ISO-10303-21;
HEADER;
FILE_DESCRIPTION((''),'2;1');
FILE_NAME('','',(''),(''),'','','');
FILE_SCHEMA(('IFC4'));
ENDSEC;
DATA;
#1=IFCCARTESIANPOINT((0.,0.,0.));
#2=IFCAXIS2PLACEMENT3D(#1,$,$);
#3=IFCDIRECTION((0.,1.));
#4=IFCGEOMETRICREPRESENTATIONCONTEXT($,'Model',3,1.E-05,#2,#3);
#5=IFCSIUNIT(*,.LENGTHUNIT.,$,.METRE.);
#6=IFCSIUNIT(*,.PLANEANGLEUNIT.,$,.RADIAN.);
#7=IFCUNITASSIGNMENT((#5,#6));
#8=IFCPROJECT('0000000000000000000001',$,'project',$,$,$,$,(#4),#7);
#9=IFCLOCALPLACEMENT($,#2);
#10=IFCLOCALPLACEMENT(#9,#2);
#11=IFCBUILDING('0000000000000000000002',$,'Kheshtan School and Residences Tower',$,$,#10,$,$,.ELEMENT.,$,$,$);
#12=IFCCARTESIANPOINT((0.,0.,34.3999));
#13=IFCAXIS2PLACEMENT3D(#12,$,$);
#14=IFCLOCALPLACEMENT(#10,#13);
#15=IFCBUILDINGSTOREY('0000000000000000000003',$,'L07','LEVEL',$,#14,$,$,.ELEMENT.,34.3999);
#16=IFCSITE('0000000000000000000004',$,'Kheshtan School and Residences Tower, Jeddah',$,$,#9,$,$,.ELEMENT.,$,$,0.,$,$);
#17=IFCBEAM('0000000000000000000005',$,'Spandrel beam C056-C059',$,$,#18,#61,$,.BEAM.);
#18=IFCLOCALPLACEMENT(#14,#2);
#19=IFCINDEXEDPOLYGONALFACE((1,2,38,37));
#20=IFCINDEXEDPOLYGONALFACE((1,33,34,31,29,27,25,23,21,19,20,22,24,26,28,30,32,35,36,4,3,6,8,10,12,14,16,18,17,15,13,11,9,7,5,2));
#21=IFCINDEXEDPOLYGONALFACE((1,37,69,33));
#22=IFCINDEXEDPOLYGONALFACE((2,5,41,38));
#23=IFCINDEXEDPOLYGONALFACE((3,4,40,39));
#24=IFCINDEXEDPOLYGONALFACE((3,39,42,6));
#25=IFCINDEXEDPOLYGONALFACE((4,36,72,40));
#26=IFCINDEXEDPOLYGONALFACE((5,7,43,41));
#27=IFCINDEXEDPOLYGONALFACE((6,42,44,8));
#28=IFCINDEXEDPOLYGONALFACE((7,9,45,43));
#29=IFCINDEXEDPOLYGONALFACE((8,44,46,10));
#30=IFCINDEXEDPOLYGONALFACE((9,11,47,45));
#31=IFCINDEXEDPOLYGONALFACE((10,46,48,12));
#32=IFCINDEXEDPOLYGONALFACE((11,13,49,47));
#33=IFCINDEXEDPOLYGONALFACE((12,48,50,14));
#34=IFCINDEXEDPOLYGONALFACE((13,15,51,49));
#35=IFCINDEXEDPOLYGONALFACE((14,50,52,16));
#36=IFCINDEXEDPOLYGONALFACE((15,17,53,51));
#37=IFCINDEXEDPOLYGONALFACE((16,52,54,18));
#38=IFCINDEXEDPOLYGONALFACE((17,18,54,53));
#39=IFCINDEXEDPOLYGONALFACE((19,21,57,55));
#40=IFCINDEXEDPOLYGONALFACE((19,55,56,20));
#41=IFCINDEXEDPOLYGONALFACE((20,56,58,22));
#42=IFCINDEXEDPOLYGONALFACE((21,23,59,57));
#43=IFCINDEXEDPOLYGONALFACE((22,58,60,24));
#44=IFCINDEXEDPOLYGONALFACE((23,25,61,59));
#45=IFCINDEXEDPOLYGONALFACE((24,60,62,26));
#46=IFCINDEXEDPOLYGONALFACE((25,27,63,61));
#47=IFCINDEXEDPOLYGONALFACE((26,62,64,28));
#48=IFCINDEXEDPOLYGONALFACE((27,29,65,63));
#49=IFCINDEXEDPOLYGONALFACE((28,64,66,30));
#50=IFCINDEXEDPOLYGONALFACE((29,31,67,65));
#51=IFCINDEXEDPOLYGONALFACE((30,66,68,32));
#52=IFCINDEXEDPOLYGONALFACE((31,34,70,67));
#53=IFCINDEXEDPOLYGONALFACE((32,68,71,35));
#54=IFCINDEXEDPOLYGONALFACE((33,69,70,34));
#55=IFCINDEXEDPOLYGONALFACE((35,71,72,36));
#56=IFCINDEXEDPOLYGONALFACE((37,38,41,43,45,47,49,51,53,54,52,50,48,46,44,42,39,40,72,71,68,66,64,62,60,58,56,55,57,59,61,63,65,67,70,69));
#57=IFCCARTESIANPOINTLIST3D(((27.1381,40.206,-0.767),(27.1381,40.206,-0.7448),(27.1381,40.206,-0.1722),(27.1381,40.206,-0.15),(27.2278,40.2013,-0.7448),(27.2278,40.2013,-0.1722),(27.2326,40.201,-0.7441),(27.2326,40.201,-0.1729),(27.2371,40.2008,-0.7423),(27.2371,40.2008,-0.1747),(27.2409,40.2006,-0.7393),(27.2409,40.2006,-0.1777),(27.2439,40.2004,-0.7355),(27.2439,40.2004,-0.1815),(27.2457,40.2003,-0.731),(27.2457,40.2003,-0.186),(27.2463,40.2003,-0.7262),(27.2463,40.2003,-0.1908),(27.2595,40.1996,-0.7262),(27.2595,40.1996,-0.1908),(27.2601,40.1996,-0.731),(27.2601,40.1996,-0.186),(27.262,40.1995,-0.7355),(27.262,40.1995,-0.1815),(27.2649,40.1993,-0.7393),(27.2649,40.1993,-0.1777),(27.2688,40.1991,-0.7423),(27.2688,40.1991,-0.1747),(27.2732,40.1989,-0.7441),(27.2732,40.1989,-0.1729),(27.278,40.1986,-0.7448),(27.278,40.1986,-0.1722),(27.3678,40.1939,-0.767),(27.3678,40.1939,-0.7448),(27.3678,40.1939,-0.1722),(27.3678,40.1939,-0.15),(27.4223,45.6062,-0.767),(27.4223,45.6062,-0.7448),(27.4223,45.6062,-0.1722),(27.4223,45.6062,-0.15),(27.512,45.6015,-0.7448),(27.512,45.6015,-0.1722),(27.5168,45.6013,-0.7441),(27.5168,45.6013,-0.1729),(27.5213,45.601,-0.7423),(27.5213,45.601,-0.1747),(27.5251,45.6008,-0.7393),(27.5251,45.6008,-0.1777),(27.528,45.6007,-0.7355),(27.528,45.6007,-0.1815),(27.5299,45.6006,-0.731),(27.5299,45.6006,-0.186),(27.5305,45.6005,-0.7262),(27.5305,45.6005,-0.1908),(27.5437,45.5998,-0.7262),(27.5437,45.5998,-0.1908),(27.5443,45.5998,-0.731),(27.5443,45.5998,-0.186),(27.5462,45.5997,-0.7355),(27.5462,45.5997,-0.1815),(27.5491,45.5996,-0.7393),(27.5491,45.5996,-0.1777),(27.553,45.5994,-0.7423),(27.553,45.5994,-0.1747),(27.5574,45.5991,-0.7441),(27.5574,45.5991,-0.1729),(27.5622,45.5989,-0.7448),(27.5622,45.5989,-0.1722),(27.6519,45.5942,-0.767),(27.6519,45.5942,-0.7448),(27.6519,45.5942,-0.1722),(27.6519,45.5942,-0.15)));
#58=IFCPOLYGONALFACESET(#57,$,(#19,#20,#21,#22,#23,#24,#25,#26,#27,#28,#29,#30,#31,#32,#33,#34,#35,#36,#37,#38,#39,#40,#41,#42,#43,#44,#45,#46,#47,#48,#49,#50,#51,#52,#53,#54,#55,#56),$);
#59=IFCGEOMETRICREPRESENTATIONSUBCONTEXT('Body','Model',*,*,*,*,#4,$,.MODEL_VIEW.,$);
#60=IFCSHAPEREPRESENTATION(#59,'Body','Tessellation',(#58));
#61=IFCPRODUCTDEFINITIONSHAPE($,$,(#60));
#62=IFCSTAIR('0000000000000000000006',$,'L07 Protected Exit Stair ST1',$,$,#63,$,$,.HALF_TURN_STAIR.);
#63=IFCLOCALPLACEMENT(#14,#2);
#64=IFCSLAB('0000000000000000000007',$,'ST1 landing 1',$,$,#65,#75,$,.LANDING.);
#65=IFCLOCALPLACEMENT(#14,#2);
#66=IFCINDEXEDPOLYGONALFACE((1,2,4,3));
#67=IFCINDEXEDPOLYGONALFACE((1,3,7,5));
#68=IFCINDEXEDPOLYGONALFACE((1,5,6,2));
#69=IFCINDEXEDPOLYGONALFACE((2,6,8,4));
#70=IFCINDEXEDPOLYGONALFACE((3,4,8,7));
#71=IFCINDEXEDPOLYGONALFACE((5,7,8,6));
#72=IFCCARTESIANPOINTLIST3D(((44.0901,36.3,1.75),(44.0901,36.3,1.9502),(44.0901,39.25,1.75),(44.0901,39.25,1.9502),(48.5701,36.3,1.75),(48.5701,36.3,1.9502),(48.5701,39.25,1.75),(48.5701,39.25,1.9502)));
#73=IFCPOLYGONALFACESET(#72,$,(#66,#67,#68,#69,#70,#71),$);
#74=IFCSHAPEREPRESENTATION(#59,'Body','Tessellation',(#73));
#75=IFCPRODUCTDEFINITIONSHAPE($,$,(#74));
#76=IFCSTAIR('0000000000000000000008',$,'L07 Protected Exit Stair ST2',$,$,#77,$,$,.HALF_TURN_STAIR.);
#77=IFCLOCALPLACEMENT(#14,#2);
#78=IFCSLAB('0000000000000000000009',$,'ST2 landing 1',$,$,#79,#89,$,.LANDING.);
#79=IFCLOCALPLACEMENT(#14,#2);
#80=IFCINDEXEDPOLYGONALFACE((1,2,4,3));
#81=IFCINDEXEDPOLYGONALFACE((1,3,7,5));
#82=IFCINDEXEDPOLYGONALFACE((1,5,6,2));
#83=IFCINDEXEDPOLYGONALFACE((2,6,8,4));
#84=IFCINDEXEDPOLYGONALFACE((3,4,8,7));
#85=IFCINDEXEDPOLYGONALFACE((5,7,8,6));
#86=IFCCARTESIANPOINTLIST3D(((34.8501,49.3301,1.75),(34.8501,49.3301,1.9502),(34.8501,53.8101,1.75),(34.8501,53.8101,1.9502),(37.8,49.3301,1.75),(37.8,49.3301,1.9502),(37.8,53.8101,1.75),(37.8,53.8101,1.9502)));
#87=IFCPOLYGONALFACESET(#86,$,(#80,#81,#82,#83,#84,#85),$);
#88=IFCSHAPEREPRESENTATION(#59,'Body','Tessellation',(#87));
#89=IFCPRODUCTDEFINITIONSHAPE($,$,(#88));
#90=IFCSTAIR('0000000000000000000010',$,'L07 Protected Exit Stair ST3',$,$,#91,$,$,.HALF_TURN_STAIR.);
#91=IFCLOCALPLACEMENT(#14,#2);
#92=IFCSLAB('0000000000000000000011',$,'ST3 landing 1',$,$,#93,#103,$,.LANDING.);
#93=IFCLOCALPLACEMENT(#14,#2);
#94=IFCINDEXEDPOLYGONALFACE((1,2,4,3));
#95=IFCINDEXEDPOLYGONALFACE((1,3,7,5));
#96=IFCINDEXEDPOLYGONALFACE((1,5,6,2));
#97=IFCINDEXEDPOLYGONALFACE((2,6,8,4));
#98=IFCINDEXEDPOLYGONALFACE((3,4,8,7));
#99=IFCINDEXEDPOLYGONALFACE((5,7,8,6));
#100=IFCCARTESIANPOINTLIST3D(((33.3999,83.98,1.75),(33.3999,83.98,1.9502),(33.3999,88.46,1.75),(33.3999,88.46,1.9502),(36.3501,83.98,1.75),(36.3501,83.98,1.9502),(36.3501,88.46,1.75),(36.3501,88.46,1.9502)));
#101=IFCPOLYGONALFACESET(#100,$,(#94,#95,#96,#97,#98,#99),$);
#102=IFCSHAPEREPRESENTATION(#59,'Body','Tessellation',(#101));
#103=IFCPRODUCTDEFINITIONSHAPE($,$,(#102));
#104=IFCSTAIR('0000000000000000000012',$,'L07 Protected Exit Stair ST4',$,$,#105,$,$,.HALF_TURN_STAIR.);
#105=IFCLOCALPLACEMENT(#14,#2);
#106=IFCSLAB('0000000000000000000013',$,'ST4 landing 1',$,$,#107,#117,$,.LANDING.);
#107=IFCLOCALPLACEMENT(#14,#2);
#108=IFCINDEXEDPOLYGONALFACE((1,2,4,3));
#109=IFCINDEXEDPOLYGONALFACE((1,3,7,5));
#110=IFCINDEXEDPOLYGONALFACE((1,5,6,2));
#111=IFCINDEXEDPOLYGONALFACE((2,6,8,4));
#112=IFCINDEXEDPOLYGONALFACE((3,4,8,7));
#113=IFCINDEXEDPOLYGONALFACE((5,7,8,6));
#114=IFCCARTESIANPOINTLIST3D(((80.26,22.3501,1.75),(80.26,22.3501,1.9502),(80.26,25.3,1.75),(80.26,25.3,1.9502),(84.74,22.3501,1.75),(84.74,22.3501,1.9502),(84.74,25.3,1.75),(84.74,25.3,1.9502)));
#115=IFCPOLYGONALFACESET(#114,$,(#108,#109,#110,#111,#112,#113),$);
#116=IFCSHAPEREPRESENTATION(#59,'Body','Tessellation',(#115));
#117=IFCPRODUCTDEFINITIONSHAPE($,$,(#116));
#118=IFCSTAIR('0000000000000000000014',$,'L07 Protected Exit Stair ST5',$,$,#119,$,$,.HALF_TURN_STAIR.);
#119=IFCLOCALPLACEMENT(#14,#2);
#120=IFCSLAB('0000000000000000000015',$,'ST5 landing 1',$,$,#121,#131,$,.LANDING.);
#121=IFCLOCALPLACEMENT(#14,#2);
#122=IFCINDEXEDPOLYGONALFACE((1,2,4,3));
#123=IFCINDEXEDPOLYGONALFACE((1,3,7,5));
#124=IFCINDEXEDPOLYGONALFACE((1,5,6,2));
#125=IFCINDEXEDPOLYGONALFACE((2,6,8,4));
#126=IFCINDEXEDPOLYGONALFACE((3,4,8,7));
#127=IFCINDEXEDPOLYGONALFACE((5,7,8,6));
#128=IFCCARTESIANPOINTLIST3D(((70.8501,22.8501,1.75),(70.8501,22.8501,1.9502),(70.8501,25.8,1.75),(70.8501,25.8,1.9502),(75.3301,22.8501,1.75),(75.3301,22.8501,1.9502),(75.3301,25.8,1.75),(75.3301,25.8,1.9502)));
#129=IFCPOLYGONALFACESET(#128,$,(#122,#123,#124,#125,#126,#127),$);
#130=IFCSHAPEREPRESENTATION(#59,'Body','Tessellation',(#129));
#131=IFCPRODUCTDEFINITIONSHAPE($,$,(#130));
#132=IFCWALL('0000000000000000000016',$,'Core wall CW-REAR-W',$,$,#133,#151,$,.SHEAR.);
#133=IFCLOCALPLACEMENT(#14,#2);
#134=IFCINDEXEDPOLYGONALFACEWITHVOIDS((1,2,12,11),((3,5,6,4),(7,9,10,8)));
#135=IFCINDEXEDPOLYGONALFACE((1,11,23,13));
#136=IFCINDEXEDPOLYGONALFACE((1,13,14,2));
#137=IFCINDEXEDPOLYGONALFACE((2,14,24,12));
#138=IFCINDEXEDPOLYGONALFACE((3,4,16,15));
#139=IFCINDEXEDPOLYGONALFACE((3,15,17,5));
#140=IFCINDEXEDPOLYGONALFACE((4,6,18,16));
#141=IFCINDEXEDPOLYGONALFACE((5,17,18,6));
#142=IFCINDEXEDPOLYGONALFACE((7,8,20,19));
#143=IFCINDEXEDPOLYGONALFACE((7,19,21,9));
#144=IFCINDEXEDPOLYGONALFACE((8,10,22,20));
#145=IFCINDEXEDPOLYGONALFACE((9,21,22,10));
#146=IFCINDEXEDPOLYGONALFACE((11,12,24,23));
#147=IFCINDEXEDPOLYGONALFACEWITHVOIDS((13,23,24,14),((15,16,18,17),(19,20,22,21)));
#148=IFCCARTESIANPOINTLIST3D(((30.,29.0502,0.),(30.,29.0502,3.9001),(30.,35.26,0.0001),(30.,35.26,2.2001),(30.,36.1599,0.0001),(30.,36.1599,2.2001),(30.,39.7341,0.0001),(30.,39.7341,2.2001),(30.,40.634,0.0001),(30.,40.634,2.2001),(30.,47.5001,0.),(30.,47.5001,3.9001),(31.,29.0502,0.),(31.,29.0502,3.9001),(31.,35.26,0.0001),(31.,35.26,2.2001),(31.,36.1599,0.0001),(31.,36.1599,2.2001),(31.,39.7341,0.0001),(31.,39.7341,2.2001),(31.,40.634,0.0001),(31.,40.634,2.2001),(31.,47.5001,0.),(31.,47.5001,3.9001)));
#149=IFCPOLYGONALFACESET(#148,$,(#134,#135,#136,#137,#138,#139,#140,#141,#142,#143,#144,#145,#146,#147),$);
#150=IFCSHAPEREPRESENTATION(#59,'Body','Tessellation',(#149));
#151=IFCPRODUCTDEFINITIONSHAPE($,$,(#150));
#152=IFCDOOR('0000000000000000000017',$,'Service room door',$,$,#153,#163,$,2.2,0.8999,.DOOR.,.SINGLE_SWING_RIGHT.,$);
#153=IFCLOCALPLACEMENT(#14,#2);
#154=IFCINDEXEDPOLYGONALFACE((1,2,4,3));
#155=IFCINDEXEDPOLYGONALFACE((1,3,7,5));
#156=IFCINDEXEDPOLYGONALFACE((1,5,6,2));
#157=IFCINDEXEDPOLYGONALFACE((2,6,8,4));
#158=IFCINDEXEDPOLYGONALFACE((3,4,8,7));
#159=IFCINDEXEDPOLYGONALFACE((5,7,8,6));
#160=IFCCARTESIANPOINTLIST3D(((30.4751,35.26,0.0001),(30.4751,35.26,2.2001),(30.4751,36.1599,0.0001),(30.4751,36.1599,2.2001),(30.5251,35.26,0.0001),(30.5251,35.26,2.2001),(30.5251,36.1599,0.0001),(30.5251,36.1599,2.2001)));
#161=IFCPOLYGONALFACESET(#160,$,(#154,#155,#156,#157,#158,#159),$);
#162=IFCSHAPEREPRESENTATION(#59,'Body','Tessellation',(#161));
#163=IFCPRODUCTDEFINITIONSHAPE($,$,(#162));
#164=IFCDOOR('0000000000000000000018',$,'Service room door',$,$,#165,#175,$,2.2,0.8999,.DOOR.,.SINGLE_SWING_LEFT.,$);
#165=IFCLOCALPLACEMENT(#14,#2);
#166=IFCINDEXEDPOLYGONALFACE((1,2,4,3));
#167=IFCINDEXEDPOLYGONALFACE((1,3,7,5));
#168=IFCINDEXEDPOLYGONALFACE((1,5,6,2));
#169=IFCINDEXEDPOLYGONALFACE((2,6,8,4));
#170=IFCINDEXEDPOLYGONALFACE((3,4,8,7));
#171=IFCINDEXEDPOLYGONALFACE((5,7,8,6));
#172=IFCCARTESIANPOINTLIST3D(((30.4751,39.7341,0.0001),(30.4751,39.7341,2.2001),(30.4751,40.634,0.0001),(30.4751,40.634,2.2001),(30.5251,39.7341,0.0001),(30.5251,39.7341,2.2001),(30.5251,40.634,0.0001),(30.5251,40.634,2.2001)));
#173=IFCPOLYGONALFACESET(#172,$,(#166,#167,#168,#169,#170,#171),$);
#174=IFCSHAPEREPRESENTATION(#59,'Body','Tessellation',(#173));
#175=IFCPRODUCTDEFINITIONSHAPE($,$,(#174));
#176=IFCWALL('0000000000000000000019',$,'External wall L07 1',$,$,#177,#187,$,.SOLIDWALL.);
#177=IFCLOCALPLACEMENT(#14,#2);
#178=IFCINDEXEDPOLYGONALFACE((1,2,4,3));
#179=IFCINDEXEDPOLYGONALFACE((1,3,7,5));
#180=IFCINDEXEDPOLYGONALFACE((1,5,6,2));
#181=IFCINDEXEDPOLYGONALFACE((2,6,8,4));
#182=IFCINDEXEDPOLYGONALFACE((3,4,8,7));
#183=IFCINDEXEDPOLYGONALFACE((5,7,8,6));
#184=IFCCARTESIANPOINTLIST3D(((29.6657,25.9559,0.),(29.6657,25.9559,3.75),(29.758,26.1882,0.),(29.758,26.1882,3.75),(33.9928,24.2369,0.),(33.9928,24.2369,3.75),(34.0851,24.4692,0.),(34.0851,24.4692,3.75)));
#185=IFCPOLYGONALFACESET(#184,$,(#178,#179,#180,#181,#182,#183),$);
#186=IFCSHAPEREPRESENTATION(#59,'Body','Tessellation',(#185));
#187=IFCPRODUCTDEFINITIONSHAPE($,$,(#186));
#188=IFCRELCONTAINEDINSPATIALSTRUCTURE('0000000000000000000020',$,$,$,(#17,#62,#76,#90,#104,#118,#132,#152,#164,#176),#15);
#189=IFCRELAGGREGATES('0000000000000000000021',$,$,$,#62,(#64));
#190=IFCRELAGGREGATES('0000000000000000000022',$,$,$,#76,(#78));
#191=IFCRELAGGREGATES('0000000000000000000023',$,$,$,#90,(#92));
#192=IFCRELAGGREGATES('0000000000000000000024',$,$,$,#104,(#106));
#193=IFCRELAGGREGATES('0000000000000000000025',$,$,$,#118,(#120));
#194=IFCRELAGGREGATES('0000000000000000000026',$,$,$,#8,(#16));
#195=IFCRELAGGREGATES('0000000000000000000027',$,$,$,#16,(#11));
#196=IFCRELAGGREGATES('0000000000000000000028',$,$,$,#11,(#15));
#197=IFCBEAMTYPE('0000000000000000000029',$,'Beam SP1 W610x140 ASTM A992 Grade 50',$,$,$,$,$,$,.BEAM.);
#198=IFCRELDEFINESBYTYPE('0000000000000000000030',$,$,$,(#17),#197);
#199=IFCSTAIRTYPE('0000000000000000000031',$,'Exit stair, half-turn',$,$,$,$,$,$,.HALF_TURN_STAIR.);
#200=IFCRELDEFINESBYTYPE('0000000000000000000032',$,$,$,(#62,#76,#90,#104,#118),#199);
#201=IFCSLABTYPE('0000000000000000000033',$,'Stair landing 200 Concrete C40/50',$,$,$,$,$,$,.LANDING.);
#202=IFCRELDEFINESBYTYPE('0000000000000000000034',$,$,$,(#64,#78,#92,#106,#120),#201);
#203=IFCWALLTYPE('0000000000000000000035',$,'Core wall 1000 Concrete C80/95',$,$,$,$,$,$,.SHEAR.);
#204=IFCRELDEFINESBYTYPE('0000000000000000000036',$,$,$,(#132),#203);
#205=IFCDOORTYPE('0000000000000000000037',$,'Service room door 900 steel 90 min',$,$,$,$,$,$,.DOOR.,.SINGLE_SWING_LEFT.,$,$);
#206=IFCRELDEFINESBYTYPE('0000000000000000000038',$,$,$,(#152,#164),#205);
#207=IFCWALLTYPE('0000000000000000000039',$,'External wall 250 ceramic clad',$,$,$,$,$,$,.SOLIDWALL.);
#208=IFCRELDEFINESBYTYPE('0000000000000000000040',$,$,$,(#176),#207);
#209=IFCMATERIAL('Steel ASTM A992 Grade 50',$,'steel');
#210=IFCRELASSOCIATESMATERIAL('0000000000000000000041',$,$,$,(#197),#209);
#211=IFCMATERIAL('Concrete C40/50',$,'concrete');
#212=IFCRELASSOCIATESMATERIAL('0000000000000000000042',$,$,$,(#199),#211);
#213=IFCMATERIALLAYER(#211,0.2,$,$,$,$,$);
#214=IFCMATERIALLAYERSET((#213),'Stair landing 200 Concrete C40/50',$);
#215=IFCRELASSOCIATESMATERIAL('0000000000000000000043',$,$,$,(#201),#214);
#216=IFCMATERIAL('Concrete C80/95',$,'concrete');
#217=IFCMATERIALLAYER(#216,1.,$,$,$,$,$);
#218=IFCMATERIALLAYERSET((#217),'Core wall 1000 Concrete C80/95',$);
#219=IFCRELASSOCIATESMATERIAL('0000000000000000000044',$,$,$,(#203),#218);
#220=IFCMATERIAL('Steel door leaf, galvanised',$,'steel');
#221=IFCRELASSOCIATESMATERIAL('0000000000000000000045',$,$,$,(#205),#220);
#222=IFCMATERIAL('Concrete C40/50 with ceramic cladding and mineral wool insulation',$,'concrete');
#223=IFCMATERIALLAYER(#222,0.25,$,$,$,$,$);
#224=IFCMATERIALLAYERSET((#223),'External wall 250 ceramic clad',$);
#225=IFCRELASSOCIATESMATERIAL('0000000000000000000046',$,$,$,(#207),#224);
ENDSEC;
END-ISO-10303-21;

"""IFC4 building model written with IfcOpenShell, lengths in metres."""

from ifc_helpers import new_model, si_unit, direction, frame, frame_2d, origin, origin_2d, place, context, subcontext, project, spatial, polyline, rectangle, i_section, outline, extrude, source, transform, mapped, material, layer, layer_set, material_profile, profile_set, type_object, element, fill, aggregate, save


model = new_model("IFC4")

# Units and contexts
model_context = context("Model", 3, precision=1e-05, world=origin(), true_north=direction((0.0, 1.0)))
body_context = subcontext(model_context, "Body", "Model", "MODEL_VIEW")
ifc_project = project(units=[si_unit("LENGTHUNIT", "METRE"), si_unit("PLANEANGLEUNIT", "RADIAN")], contexts=[model_context])

# Site, building, storey
site_placement = place(None, origin())
site = spatial("IfcSite", under=ifc_project, at=site_placement, Name="Kheshtan School and Residences Tower, Jeddah", CompositionType="ELEMENT", RefElevation=0.0)
building_placement = place(site_placement, origin())
building = spatial("IfcBuilding", under=site, at=building_placement, Name="Kheshtan School and Residences Tower", CompositionType="ELEMENT")
storey_placement = place(building_placement, frame((0.0, 0.0, 34.3999)))
storey = spatial("IfcBuildingStorey", under=building, at=storey_placement, Name="L07", Description="LEVEL", CompositionType="ELEMENT", Elevation=34.3999)

# Shared definitions
ifc_material_1 = material(Name="Steel ASTM A992 Grade 50", Category="steel")

# Beam
ifc_material_profile_1 = material_profile(ifc_material_1, i_section(OverallWidth=0.23, OverallDepth=0.6169, WebThickness=0.0132, FlangeThickness=0.0222, FilletRadius=0.0186, at=origin_2d()), Name="W610x140")
ifc_profile_set_1 = profile_set([ifc_material_profile_1], Name="Steel ASTM A992 Grade 50")
beam_type_1 = type_object("IfcBeamType", Name="Beam SP1 W610x140 ASTM A992 Grade 50", PredefinedType="BEAM", material=ifc_profile_set_1)
beam_1_placement = place(storey_placement, frame((27.2529, 40.2, -0.4585), z_axis=(0.052552, 0.998618, 0.0), x_axis=(-0.998618, 0.052552, 0.0)))
element("IfcBeam", 1, at=beam_1_placement, inside=storey, type_object=beam_type_1, Name="Spandrel beam C056-C059", PredefinedType="BEAM", context=body_context, shape_type="SweptSolid", body=[
    extrude(i_section(OverallWidth=0.23, OverallDepth=0.6169, WebThickness=0.0132, FlangeThickness=0.0222, FilletRadius=0.0186, at=origin_2d()), origin(), (0.0, 0.0, 1.0), 5.4077),
])

# Shared definitions
ifc_material_2 = material(Name="Concrete C40/50", Category="concrete")

# Stairs, slabs
stair_type = type_object("IfcStairType", Name="Exit stair, half-turn", PredefinedType="HALF_TURN_STAIR", material=ifc_material_2)
stair_1_placement = place(storey_placement, origin())
stair_1 = element("IfcStair", 2, at=stair_1_placement, inside=storey, type_object=stair_type, Name="L07 Protected Exit Stair ST1", PredefinedType="HALF_TURN_STAIR")
ifc_layer_1 = layer(ifc_material_2, 0.2)
ifc_layer_set_1 = layer_set([ifc_layer_1], Name="Stair landing 200 Concrete C40/50")
slab_type_1 = type_object("IfcSlabType", Name="Stair landing 200 Concrete C40/50", PredefinedType="LANDING", material=ifc_layer_set_1)
slab_1_placement = place(storey_placement, frame((0.0, 0.0, 1.75)))
slab_1 = element("IfcSlab", 3, at=slab_1_placement, type_object=slab_type_1, Name="ST1 landing 1", PredefinedType="LANDING", context=body_context, shape_type="SweptSolid", body=[
    extrude(outline(polyline([(48.5701, 39.25), (44.0901, 39.25), (44.0901, 36.3), (48.5701, 36.3), (48.5701, 39.25)])), origin(), (0.0, 0.0, 1.0), 0.2002),
])
aggregate(stair_1, [slab_1])
stair_2_placement = place(storey_placement, origin())
stair_2 = element("IfcStair", 4, at=stair_2_placement, inside=storey, type_object=stair_type, Name="L07 Protected Exit Stair ST2", PredefinedType="HALF_TURN_STAIR")
slab_2_placement = place(storey_placement, frame((0.0, 0.0, 1.75)))
slab_2 = element("IfcSlab", 5, at=slab_2_placement, type_object=slab_type_1, Name="ST2 landing 1", PredefinedType="LANDING", context=body_context, shape_type="SweptSolid", body=[
    extrude(outline(polyline([(37.8, 49.3301), (37.8, 53.8101), (34.8501, 53.8101), (34.8501, 49.3301), (37.8, 49.3301)])), origin(), (0.0, 0.0, 1.0), 0.2002),
])
aggregate(stair_2, [slab_2])
stair_3_placement = place(storey_placement, origin())
stair_3 = element("IfcStair", 6, at=stair_3_placement, inside=storey, type_object=stair_type, Name="L07 Protected Exit Stair ST3", PredefinedType="HALF_TURN_STAIR")
slab_3_placement = place(storey_placement, frame((0.0, 0.0, 1.75)))
slab_3 = element("IfcSlab", 7, at=slab_3_placement, type_object=slab_type_1, Name="ST3 landing 1", PredefinedType="LANDING", context=body_context, shape_type="SweptSolid", body=[
    extrude(outline(polyline([(36.3501, 83.98), (36.3501, 88.46), (33.3999, 88.46), (33.3999, 83.98), (36.3501, 83.98)])), origin(), (0.0, 0.0, 1.0), 0.2002),
])
aggregate(stair_3, [slab_3])
stair_4_placement = place(storey_placement, origin())
stair_4 = element("IfcStair", 8, at=stair_4_placement, inside=storey, type_object=stair_type, Name="L07 Protected Exit Stair ST4", PredefinedType="HALF_TURN_STAIR")
slab_4_placement = place(storey_placement, frame((0.0, 0.0, 1.75)))
slab_4 = element("IfcSlab", 9, at=slab_4_placement, type_object=slab_type_1, Name="ST4 landing 1", PredefinedType="LANDING", context=body_context, shape_type="SweptSolid", body=[
    extrude(outline(polyline([(84.74, 25.3), (80.26, 25.3), (80.26, 22.3501), (84.74, 22.3501), (84.74, 25.3)])), origin(), (0.0, 0.0, 1.0), 0.2002),
])
aggregate(stair_4, [slab_4])
stair_5_placement = place(storey_placement, origin())
stair_5 = element("IfcStair", 10, at=stair_5_placement, inside=storey, type_object=stair_type, Name="L07 Protected Exit Stair ST5", PredefinedType="HALF_TURN_STAIR")
slab_5_placement = place(storey_placement, frame((0.0, 0.0, 1.75)))
slab_5 = element("IfcSlab", 11, at=slab_5_placement, type_object=slab_type_1, Name="ST5 landing 1", PredefinedType="LANDING", context=body_context, shape_type="SweptSolid", body=[
    extrude(outline(polyline([(75.3301, 25.8), (70.8501, 25.8), (70.8501, 22.8501), (75.3301, 22.8501), (75.3301, 25.8)])), origin(), (0.0, 0.0, 1.0), 0.2002),
])
aggregate(stair_5, [slab_5])

# Wall, openings, doors
ifc_material_3 = material(Name="Concrete C80/95", Category="concrete")
ifc_layer_2 = layer(ifc_material_3, 1.0)
ifc_layer_set_2 = layer_set([ifc_layer_2], Name="Core wall 1000 Concrete C80/95")
wall_type_1 = type_object("IfcWallType", Name="Core wall 1000 Concrete C80/95", PredefinedType="SHEAR", material=ifc_layer_set_2)
wall_1_placement = place(storey_placement, frame((30.5, 29.05, 0.0), z_axis=(0.0, 0.0, 1.0), x_axis=(0.0, 1.0, 0.0)))
wall_1 = element("IfcWall", 12, at=wall_1_placement, inside=storey, type_object=wall_type_1, Name="Core wall CW-REAR-W", PredefinedType="SHEAR", context=body_context, shape_type="SweptSolid", body=[
    extrude(rectangle(XDim=18.45, YDim=1.0, at=frame_2d((9.2251, 0.0))), origin(), (0.0, 0.0, 1.0), 3.9001),
])
opening_1_placement = place(wall_1_placement, frame((6.21, 0.0, 0.0)))
opening_1 = element("IfcOpeningElement", 13, at=opening_1_placement, cuts=wall_1, PredefinedType="OPENING", context=body_context, shape_type="SweptSolid", body=[
    extrude(rectangle(XDim=0.8999, YDim=2.2, at=frame_2d((0.45, 1.1001))), frame((0.0, 0.51, 0.0), z_axis=(0.0, -1.0, 0.0), x_axis=(1.0, 0.0, 0.0)), (0.0, 0.0, 1.0), 1.02),
])
opening_2_placement = place(wall_1_placement, frame((10.6841, 0.0, 0.0)))
opening_2 = element("IfcOpeningElement", 14, at=opening_2_placement, cuts=wall_1, PredefinedType="OPENING", context=body_context, shape_type="SweptSolid", body=[
    extrude(rectangle(XDim=0.8999, YDim=2.2, at=frame_2d((0.45, 1.1001))), frame((0.0, 0.51, 0.0), z_axis=(0.0, -1.0, 0.0), x_axis=(1.0, 0.0, 0.0)), (0.0, 0.0, 1.0), 1.02),
])
ifc_material_4 = material(Name="Steel door leaf, galvanised", Category="steel")
door_type = type_object("IfcDoorType", Name="Service room door 900 steel 90 min", OperationType="SINGLE_SWING_LEFT", PredefinedType="DOOR", material=ifc_material_4)
shared_shape = source(origin(), body_context, "Body", "SweptSolid", [
    extrude(rectangle(XDim=0.8999, YDim=2.2, at=frame_2d((0.45, 1.1001))), frame((0.0, 0.0249, 0.0), z_axis=(0.0, -1.0, 0.0), x_axis=(1.0, 0.0, 0.0)), (0.0, 0.0, 1.0), 0.05),
])
door_1_placement = place(opening_1_placement, origin())
door_1 = element("IfcDoor", 15, at=door_1_placement, inside=storey, type_object=door_type, Name="Service room door", OperationType="SINGLE_SWING_RIGHT", OverallHeight=2.2, OverallWidth=0.8999, PredefinedType="DOOR", context=body_context, shape_type="MappedRepresentation", body=[
    mapped(shared_shape, transform((0.0, 0.0, 0.0), x_axis=(1.0, 0.0, 0.0), y_axis=(0.0, 1.0, 0.0), z_axis=(0.0, 0.0, 1.0), scale=1.0)),
])
fill(opening_1, door_1)
door_2_placement = place(opening_2_placement, origin())
door_2 = element("IfcDoor", 16, at=door_2_placement, inside=storey, type_object=door_type, Name="Service room door", OperationType="SINGLE_SWING_LEFT", OverallHeight=2.2, OverallWidth=0.8999, PredefinedType="DOOR", context=body_context, shape_type="MappedRepresentation", body=[
    mapped(shared_shape, transform((0.0, 0.0, 0.0), x_axis=(1.0, 0.0, 0.0), y_axis=(0.0, 1.0, 0.0), z_axis=(0.0, 0.0, 1.0), scale=1.0)),
])
fill(opening_2, door_2)

# Wall
ifc_material_5 = material(Name="Concrete C40/50 with ceramic cladding and mineral wool insulation", Category="concrete")
ifc_layer_3 = layer(ifc_material_5, 0.25)
ifc_layer_set_3 = layer_set([ifc_layer_3], Name="External wall 250 ceramic clad")
wall_type_2 = type_object("IfcWallType", Name="External wall 250 ceramic clad", PredefinedType="SOLIDWALL", material=ifc_layer_set_3)
wall_2_placement = place(storey_placement, frame((34.0391, 24.353, 0.0), z_axis=(0.0, 0.0, 1.0), x_axis=(-0.929353, 0.369193, 0.0)))
element("IfcWall", 17, at=wall_2_placement, inside=storey, type_object=wall_type_2, Name="External wall L07 1", PredefinedType="SOLIDWALL", context=body_context, shape_type="SweptSolid", body=[
    extrude(rectangle(XDim=4.656, YDim=0.25, at=frame_2d((2.3281, 0.0))), origin(), (0.0, 0.0, 1.0), 3.75),
])

save(model, "model.ifc")
